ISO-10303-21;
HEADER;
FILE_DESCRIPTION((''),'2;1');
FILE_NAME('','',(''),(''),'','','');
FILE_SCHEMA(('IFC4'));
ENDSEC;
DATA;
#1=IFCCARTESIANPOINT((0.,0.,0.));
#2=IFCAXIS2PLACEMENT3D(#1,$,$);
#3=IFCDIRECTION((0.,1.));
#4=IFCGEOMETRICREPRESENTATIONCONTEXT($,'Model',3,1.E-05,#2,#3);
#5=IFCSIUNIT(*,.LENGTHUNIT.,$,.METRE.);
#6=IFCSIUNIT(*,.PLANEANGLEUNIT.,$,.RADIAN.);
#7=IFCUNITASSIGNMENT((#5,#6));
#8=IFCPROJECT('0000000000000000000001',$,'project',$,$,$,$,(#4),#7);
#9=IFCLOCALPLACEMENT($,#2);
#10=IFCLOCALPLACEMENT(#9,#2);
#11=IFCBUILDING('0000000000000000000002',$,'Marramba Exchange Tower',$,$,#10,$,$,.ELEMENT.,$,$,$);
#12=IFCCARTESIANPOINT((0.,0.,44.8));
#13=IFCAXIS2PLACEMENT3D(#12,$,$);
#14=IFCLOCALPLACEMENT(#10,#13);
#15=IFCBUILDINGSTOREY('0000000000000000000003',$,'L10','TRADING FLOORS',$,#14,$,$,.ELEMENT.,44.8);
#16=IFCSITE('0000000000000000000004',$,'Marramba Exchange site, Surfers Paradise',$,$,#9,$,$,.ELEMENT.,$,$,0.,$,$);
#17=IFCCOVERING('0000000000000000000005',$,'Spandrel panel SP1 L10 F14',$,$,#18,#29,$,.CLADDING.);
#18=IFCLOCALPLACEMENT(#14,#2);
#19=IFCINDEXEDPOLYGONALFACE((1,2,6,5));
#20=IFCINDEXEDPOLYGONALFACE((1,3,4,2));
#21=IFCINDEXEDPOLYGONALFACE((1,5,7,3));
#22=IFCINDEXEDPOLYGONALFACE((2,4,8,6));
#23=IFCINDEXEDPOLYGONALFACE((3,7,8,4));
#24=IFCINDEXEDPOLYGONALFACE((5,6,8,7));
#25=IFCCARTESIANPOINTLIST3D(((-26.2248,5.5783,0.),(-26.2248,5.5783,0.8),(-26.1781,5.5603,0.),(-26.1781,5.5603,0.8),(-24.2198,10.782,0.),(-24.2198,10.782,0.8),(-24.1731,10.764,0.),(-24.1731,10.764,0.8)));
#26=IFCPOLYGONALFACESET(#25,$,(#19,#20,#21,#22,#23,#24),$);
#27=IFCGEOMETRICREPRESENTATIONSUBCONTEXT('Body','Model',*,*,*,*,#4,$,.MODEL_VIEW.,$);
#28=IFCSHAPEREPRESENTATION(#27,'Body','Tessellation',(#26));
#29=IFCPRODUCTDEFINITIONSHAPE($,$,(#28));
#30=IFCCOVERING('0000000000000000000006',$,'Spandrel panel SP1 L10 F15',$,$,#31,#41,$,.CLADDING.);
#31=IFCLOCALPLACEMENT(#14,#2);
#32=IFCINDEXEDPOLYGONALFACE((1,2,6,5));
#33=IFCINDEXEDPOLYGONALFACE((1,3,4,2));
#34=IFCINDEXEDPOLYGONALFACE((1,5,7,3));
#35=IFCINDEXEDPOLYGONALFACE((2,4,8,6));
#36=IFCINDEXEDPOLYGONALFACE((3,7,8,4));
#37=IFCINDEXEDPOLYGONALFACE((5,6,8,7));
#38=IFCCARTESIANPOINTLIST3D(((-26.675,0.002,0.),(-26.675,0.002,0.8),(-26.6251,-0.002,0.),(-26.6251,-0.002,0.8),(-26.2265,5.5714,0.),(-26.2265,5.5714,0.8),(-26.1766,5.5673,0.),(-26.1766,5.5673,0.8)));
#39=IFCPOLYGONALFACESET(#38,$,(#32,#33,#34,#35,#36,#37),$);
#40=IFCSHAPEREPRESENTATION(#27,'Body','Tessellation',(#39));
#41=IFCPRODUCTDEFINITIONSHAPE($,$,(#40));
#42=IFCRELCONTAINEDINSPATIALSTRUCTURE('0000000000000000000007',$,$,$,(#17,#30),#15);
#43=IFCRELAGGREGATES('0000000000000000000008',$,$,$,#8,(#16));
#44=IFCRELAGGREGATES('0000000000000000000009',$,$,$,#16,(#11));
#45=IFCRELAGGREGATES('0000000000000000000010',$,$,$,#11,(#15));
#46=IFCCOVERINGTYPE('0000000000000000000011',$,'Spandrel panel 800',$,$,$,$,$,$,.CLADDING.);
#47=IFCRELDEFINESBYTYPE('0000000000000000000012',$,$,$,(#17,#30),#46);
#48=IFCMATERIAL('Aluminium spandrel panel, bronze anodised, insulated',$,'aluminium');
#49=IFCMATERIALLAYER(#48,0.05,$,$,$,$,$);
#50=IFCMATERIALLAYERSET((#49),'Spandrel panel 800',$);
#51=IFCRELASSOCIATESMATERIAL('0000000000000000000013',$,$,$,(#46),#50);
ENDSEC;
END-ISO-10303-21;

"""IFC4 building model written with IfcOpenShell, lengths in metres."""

from ifc_helpers import new_model, si_unit, direction, frame, origin, origin_2d, place, context, subcontext, project, spatial, rectangle, extrude, material, layer, layer_set, type_object, element, save


model = new_model("IFC4")

# Units and contexts
model_context = context("Model", 3, precision=1e-05, world=origin(), true_north=direction((0.0, 1.0)))
body_context = subcontext(model_context, "Body", "Model", "MODEL_VIEW")
ifc_project = project(units=[si_unit("LENGTHUNIT", "METRE"), si_unit("PLANEANGLEUNIT", "RADIAN")], contexts=[model_context])

# Site, building, storey
site_placement = place(None, origin())
site = spatial("IfcSite", under=ifc_project, at=site_placement, Name="Marramba Exchange site, Surfers Paradise", CompositionType="ELEMENT", RefElevation=0.0)
building_placement = place(site_placement, origin())
building = spatial("IfcBuilding", under=site, at=building_placement, Name="Marramba Exchange Tower", CompositionType="ELEMENT")
storey_placement = place(building_placement, frame((0.0, 0.0, 44.8)))
storey = spatial("IfcBuildingStorey", under=building, at=storey_placement, Name="L10", Description="TRADING FLOORS", CompositionType="ELEMENT", Elevation=44.8)

# Coverings
ifc_material_1 = material(Name="Aluminium spandrel panel, bronze anodised, insulated", Category="aluminium")
ifc_layer_1 = layer(ifc_material_1, 0.05)
ifc_layer_set_1 = layer_set([ifc_layer_1], Name="Spandrel panel 800")
covering_type = type_object("IfcCoveringType", Name="Spandrel panel 800", PredefinedType="CLADDING", material=ifc_layer_set_1)
covering_1_placement = place(storey_placement, frame((-25.199, 8.1711, 0.0), z_axis=(0.0, 0.0, 1.0), x_axis=(-0.359526, -0.933135, 0.0)))
element("IfcCovering", 1, at=covering_1_placement, inside=storey, type_object=covering_type, Name="Spandrel panel SP1 L10 F14", PredefinedType="CLADDING", context=body_context, shape_type="SweptSolid", body=[
    extrude(rectangle(XDim=5.5767, YDim=0.05, at=origin_2d()), origin(), (0.0, 0.0, 1.0), 0.8),
])
covering_2_placement = place(storey_placement, frame((-26.4258, 2.7847, 0.0), z_axis=(0.0, 0.0, 1.0), x_axis=(-0.080275, -0.996773, 0.0)))
element("IfcCovering", 2, at=covering_2_placement, inside=storey, type_object=covering_type, Name="Spandrel panel SP1 L10 F15", PredefinedType="CLADDING", context=body_context, shape_type="SweptSolid", body=[
    extrude(rectangle(XDim=5.5874, YDim=0.05, at=origin_2d()), origin(), (0.0, 0.0, 1.0), 0.8),
])

save(model, "model.ifc")
